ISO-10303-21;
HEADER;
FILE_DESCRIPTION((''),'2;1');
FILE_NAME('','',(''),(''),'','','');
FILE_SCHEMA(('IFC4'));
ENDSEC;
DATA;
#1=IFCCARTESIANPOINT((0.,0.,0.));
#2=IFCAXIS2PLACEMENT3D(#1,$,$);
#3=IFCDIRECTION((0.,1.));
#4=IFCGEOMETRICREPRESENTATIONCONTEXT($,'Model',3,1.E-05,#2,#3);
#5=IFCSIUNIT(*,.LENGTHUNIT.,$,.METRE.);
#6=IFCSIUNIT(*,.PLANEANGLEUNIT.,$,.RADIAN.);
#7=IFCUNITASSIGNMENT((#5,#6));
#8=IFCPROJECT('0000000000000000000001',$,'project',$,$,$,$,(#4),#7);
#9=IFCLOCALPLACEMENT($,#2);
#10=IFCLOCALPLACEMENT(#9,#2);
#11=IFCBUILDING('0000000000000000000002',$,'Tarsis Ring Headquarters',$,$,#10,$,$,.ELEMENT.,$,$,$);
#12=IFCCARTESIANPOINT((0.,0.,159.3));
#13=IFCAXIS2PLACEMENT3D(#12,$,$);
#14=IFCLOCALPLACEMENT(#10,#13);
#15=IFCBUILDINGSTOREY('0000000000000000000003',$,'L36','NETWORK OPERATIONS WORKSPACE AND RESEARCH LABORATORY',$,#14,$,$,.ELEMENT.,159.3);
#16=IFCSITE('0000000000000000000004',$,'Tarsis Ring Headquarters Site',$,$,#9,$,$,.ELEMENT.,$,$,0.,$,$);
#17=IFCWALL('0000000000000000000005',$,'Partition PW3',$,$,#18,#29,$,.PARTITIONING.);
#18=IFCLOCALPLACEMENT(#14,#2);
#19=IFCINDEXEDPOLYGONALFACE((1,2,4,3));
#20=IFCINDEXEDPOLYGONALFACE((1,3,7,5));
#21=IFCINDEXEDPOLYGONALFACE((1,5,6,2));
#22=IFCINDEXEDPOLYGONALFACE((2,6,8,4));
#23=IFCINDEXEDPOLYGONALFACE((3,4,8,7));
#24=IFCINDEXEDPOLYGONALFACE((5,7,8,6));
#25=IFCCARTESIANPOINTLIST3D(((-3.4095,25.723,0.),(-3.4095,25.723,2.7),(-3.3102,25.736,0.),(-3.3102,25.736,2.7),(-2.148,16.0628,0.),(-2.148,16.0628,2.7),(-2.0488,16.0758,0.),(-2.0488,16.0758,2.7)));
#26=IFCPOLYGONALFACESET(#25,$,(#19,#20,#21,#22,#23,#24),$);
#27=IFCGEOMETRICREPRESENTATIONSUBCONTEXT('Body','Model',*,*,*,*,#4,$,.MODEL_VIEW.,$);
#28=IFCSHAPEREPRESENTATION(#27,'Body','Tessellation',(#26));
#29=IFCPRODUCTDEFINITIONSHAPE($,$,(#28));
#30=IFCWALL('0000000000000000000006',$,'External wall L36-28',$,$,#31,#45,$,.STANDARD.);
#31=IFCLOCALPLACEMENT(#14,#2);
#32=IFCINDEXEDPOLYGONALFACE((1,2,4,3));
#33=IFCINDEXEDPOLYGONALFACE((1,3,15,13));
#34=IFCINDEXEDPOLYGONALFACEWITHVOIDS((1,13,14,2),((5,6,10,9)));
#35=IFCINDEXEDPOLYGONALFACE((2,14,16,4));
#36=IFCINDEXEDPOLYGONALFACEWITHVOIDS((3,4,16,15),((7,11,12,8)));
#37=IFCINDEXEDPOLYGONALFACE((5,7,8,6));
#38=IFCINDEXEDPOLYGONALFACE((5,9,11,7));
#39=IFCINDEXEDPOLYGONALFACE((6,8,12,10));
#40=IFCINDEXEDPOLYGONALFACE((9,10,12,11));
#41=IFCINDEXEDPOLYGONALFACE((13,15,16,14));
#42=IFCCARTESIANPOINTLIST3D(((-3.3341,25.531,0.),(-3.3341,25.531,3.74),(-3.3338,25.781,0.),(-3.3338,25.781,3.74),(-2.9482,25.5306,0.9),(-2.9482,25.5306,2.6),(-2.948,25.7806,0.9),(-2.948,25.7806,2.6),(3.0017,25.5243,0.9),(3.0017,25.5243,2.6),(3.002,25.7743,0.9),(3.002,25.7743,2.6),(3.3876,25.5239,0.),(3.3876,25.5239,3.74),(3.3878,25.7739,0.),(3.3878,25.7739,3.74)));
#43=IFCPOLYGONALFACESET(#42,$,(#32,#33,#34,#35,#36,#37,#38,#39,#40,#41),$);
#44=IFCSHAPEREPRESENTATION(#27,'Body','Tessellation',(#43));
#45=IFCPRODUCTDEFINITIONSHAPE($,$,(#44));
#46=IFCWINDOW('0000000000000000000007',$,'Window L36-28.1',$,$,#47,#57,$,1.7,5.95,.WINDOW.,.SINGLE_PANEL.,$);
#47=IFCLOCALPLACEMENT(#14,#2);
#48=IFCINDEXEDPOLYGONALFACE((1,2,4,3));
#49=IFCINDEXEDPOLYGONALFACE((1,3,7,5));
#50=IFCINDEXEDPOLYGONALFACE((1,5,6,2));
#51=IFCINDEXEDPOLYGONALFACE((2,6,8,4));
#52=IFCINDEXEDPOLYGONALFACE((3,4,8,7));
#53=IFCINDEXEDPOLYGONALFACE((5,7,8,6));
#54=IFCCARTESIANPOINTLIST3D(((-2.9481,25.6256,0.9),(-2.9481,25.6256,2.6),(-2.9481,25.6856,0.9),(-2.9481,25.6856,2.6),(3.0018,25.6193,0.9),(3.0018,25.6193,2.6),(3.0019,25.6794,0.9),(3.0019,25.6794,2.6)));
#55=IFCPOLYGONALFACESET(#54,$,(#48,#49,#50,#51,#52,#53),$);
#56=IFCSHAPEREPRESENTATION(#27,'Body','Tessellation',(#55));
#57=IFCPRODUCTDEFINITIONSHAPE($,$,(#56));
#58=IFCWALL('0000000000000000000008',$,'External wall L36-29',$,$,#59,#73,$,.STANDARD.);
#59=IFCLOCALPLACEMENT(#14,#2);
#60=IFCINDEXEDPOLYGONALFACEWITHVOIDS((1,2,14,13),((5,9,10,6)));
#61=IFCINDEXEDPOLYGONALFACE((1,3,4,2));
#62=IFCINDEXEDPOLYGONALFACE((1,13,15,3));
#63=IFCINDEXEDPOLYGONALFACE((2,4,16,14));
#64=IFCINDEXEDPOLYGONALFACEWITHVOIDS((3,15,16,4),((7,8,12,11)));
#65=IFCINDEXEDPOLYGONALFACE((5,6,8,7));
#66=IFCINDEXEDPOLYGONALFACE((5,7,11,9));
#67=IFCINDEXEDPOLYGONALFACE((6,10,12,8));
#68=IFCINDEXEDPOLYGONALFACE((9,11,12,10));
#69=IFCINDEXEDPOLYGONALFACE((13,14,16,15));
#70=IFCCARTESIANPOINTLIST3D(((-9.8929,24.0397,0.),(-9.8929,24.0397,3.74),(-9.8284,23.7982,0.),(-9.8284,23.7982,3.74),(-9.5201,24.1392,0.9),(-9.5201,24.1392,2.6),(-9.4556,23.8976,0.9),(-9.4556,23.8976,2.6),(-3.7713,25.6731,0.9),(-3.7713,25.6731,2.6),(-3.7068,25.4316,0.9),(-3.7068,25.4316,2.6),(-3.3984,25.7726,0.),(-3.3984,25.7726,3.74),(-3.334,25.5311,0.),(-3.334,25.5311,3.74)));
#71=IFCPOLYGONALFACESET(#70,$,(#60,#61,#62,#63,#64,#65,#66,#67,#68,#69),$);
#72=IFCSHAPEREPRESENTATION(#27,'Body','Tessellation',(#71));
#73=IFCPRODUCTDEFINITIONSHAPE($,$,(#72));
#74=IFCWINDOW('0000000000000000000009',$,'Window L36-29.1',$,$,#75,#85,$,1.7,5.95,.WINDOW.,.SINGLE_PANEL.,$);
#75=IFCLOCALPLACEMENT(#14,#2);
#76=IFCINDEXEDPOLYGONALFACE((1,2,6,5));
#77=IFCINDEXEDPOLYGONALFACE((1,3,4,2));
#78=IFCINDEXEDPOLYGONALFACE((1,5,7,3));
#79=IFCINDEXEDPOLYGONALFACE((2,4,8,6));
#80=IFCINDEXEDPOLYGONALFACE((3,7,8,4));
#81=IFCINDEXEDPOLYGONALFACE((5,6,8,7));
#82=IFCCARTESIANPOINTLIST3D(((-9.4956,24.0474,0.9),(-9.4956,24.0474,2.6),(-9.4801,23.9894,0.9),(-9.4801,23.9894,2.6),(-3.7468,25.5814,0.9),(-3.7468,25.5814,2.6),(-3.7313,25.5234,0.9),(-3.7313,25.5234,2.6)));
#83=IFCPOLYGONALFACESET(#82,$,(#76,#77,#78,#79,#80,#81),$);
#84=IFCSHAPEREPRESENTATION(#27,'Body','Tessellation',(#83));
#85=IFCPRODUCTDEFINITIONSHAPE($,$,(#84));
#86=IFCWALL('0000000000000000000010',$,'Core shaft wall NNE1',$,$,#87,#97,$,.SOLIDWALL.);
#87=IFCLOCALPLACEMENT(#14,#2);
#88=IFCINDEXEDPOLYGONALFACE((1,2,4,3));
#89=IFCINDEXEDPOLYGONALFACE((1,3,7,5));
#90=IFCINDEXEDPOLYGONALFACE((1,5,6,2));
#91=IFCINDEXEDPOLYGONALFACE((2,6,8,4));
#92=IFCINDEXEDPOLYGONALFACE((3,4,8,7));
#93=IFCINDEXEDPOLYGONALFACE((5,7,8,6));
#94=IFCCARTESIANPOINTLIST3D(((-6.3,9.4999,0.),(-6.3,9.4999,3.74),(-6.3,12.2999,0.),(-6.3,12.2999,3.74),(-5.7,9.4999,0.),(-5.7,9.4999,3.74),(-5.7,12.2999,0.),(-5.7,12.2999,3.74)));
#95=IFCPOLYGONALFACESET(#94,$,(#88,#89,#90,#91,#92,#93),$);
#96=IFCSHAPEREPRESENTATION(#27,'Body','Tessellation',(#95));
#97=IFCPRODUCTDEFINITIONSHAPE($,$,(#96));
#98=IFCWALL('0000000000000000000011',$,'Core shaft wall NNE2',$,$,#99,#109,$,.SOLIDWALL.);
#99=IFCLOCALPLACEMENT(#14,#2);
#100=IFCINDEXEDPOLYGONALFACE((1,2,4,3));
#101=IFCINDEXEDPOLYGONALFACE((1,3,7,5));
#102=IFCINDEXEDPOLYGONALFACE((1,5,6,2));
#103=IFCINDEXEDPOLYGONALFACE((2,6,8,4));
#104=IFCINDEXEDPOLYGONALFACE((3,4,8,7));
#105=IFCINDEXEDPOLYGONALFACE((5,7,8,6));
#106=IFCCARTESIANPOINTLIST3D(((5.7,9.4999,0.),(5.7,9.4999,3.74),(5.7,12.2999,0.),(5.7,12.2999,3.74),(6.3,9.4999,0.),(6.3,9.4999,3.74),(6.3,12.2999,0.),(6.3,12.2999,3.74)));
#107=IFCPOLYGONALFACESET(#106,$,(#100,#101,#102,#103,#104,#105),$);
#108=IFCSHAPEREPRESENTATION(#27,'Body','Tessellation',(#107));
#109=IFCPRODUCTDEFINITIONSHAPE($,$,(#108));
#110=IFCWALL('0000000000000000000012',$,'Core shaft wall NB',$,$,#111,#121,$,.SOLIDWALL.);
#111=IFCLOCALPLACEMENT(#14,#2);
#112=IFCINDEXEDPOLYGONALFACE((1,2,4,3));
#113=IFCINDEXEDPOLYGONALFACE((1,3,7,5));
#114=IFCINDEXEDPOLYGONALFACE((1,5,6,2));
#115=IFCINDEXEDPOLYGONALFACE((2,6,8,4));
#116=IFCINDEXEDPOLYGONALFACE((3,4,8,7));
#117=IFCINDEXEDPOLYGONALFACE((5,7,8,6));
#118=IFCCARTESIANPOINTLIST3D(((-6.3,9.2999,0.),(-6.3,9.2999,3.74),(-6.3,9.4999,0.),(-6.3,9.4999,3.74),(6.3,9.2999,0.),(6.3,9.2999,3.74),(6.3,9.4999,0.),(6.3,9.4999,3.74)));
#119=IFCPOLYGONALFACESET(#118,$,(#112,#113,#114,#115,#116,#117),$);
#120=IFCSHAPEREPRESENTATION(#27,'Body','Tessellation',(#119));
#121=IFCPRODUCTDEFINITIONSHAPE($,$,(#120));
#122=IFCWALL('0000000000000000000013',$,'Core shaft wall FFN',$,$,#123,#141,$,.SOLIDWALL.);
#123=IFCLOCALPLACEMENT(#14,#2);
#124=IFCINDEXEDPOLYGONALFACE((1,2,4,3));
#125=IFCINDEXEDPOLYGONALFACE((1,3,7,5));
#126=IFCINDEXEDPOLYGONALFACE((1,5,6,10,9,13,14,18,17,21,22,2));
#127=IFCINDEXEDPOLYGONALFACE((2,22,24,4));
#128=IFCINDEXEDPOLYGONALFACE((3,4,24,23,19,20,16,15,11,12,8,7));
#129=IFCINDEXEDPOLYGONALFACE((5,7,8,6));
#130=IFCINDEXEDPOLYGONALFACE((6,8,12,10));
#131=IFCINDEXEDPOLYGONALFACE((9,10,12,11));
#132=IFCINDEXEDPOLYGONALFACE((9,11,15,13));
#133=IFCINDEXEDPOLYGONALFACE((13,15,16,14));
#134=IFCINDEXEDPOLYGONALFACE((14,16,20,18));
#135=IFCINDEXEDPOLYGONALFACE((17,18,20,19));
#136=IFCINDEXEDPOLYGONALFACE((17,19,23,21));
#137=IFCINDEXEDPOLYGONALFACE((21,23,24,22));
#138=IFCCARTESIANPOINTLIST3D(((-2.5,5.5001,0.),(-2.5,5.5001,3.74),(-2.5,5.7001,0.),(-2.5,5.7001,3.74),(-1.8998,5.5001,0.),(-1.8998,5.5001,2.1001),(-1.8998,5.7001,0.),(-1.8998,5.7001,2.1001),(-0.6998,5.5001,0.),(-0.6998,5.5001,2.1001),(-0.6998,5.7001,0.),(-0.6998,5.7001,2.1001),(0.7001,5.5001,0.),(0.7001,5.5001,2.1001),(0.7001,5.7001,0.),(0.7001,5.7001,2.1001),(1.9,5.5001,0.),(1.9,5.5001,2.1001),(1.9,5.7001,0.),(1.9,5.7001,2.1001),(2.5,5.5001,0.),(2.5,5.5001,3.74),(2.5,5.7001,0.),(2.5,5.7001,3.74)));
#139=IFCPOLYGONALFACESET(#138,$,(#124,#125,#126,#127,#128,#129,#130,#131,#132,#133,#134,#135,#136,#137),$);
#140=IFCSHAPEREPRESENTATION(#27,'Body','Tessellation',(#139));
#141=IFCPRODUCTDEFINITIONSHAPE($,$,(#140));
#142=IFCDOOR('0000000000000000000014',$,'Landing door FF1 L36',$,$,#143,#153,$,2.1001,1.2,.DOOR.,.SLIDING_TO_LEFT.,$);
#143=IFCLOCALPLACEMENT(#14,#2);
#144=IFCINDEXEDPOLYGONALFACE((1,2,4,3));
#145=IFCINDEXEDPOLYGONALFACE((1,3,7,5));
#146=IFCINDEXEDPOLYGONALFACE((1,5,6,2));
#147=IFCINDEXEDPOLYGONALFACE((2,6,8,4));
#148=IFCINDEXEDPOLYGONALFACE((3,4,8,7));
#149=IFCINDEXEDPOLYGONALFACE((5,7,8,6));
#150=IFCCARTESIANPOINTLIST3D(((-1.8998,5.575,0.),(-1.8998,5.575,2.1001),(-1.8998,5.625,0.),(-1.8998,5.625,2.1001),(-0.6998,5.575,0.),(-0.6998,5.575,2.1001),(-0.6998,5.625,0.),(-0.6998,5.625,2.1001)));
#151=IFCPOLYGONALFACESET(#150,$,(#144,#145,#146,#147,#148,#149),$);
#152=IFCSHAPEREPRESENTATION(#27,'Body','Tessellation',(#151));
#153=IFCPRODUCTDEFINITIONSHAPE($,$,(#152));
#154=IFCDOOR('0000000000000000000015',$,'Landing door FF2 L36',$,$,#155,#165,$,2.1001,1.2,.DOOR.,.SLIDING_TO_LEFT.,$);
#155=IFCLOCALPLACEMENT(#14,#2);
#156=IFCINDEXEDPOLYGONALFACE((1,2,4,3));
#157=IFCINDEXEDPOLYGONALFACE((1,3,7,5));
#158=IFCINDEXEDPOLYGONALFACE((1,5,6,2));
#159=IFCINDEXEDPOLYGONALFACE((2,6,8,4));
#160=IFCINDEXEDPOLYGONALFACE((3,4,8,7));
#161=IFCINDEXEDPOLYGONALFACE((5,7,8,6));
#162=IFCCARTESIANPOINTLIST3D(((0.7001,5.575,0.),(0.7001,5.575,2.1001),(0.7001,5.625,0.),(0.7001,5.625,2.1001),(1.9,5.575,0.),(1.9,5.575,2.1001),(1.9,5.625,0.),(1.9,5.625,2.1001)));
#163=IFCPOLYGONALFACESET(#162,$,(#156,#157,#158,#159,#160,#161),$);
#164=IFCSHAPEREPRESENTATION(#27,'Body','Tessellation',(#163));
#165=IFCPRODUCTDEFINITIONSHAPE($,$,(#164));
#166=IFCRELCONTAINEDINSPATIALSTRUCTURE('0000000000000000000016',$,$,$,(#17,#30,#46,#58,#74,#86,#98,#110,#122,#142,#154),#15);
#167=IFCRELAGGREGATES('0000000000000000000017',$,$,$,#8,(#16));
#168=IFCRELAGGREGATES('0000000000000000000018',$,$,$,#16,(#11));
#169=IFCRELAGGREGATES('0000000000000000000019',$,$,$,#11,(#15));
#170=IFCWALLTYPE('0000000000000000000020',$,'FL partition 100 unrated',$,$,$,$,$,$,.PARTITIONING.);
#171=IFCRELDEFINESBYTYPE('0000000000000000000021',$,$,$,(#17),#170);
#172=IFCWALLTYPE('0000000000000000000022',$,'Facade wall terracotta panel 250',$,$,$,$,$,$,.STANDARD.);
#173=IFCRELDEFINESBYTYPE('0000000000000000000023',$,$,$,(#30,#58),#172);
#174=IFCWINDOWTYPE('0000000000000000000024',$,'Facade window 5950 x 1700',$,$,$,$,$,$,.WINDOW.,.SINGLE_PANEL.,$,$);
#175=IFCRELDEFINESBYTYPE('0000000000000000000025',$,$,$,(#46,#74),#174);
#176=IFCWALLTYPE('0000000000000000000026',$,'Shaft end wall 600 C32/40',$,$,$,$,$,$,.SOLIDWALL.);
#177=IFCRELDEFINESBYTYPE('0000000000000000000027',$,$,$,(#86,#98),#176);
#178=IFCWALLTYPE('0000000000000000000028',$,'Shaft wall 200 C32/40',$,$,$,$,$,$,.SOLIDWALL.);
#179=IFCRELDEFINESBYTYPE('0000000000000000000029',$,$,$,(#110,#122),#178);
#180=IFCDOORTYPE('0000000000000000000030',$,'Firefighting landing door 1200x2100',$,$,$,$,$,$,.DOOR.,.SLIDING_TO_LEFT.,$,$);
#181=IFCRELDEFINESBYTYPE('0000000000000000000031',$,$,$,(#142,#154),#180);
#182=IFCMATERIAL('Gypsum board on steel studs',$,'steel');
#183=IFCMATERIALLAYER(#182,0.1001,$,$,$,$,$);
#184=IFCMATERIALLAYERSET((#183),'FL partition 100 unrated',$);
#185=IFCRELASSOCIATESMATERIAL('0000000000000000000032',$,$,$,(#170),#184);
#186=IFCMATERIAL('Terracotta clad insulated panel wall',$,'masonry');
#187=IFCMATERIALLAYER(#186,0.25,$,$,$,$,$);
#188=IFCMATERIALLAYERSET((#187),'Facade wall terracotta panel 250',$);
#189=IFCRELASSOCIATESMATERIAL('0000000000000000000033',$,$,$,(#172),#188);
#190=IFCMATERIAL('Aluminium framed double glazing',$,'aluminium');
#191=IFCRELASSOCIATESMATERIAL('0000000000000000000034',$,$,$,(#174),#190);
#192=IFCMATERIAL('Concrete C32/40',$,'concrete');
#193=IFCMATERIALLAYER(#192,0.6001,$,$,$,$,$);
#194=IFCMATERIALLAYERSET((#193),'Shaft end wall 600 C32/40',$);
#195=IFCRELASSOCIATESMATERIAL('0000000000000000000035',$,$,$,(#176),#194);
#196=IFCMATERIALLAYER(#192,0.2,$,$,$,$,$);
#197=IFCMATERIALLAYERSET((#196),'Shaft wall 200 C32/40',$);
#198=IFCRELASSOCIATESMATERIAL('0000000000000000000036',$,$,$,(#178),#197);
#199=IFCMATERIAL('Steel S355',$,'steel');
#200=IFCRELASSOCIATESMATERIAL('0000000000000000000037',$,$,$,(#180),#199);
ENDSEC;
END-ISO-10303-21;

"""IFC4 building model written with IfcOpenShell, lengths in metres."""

from ifc_helpers import new_model, si_unit, direction, frame, frame_2d, origin, place, context, subcontext, project, spatial, rectangle, extrude, material, layer, layer_set, type_object, element, fill, save


model = new_model("IFC4")

# Units and contexts
model_context = context("Model", 3, precision=1e-05, world=origin(), true_north=direction((0.0, 1.0)))
body_context = subcontext(model_context, "Body", "Model", "MODEL_VIEW")
ifc_project = project(units=[si_unit("LENGTHUNIT", "METRE"), si_unit("PLANEANGLEUNIT", "RADIAN")], contexts=[model_context])

# Site, building, storey
site_placement = place(None, origin())
site = spatial("IfcSite", under=ifc_project, at=site_placement, Name="Tarsis Ring Headquarters Site", CompositionType="ELEMENT", RefElevation=0.0)
building_placement = place(site_placement, origin())
building = spatial("IfcBuilding", under=site, at=building_placement, Name="Tarsis Ring Headquarters", CompositionType="ELEMENT")
storey_placement = place(building_placement, frame((0.0, 0.0, 159.3)))
storey = spatial("IfcBuildingStorey", under=building, at=storey_placement, Name="L36", Description="NETWORK OPERATIONS WORKSPACE AND RESEARCH LABORATORY", CompositionType="ELEMENT", Elevation=159.3)

# Wall
ifc_material_1 = material(Name="Gypsum board on steel studs", Category="steel")
ifc_layer_1 = layer(ifc_material_1, 0.1001)
ifc_layer_set_1 = layer_set([ifc_layer_1], Name="FL partition 100 unrated")
wall_type_1 = type_object("IfcWallType", Name="FL partition 100 unrated", PredefinedType="PARTITIONING", material=ifc_layer_set_1)
wall_1_placement = place(storey_placement, frame((-3.3599, 25.7295, 0.0), z_axis=(0.0, 0.0, 1.0), x_axis=(0.129486, -0.991581, 0.0)))
element("IfcWall", 1, at=wall_1_placement, inside=storey, type_object=wall_type_1, Name="Partition PW3", PredefinedType="PARTITIONING", context=body_context, shape_type="SweptSolid", body=[
    extrude(rectangle(XDim=9.7422, YDim=0.1001, at=frame_2d((4.8711, 0.0))), origin(), (0.0, 0.0, 1.0), 2.7),
])

# Walls, openings, windows
ifc_material_2 = material(Name="Terracotta clad insulated panel wall", Category="masonry")
ifc_layer_2 = layer(ifc_material_2, 0.25)
ifc_layer_set_2 = layer_set([ifc_layer_2], Name="Facade wall terracotta panel 250")
wall_type_2 = type_object("IfcWallType", Name="Facade wall terracotta panel 250", PredefinedType="STANDARD", material=ifc_layer_set_2)
wall_2_placement = place(storey_placement, frame((3.3877, 25.6489, 0.0), z_axis=(0.0, 0.0, 1.0), x_axis=(-0.999999, 0.001053, 0.0)))
wall_2 = element("IfcWall", 2, at=wall_2_placement, inside=storey, type_object=wall_type_2, Name="External wall L36-28", PredefinedType="STANDARD", context=body_context, shape_type="SweptSolid", body=[
    extrude(rectangle(XDim=6.7217, YDim=0.25, at=frame_2d((3.3608, 0.0))), origin(), (0.0, 0.0, 1.0), 3.74),
])
opening_1_placement = place(wall_2_placement, frame((0.3857, 0.0, 0.8999)))
opening_1 = element("IfcOpeningElement", 3, at=opening_1_placement, cuts=wall_2, PredefinedType="OPENING", context=body_context, shape_type="SweptSolid", body=[
    extrude(rectangle(XDim=5.95, YDim=1.7, at=frame_2d((2.9751, 0.8501))), frame((0.0, 0.135, 0.0), z_axis=(0.0, -1.0, 0.0), x_axis=(1.0, 0.0, 0.0)), (0.0, 0.0, 1.0), 0.27),
])
ifc_material_3 = material(Name="Aluminium framed double glazing", Category="aluminium")
window_type = type_object("IfcWindowType", Name="Facade window 5950 x 1700", PartitioningType="SINGLE_PANEL", PredefinedType="WINDOW", material=ifc_material_3)
window_1_placement = place(opening_1_placement, origin())
window_1 = element("IfcWindow", 4, at=window_1_placement, inside=storey, type_object=window_type, Name="Window L36-28.1", OverallHeight=1.7, OverallWidth=5.95, PartitioningType="SINGLE_PANEL", PredefinedType="WINDOW", context=body_context, shape_type="SweptSolid", body=[
    extrude(rectangle(XDim=5.95, YDim=1.7, at=frame_2d((2.9751, 0.8501))), frame((0.0, 0.03, 0.0), z_axis=(0.0, -1.0, 0.0), x_axis=(1.0, 0.0, 0.0)), (0.0, 0.0, 1.0), 0.0601),
])
fill(opening_1, window_1)
wall_3_placement = place(storey_placement, frame((-3.3662, 25.6519, 0.0), z_axis=(0.0, 0.0, 1.0), x_axis=(-0.966195, -0.257812, 0.0)))
wall_3 = element("IfcWall", 5, at=wall_3_placement, inside=storey, type_object=wall_type_2, Name="External wall L36-29", PredefinedType="STANDARD", context=body_context, shape_type="SweptSolid", body=[
    extrude(rectangle(XDim=6.7217, YDim=0.25, at=frame_2d((3.3608, 0.0))), origin(), (0.0, 0.0, 1.0), 3.74),
])
opening_2_placement = place(wall_3_placement, frame((0.3857, 0.0, 0.8999)))
opening_2 = element("IfcOpeningElement", 6, at=opening_2_placement, cuts=wall_3, PredefinedType="OPENING", context=body_context, shape_type="SweptSolid", body=[
    extrude(rectangle(XDim=5.95, YDim=1.7, at=frame_2d((2.9751, 0.8501))), frame((0.0, 0.135, 0.0), z_axis=(0.0, -1.0, 0.0), x_axis=(1.0, 0.0, 0.0)), (0.0, 0.0, 1.0), 0.27),
])
window_2_placement = place(opening_2_placement, origin())
window_2 = element("IfcWindow", 7, at=window_2_placement, inside=storey, type_object=window_type, Name="Window L36-29.1", OverallHeight=1.7, OverallWidth=5.95, PartitioningType="SINGLE_PANEL", PredefinedType="WINDOW", context=body_context, shape_type="SweptSolid", body=[
    extrude(rectangle(XDim=5.95, YDim=1.7, at=frame_2d((2.9751, 0.8501))), frame((0.0, 0.03, 0.0), z_axis=(0.0, -1.0, 0.0), x_axis=(1.0, 0.0, 0.0)), (0.0, 0.0, 1.0), 0.0601),
])
fill(opening_2, window_2)

# Walls
ifc_material_4 = material(Name="Concrete C32/40", Category="concrete")
ifc_layer_3 = layer(ifc_material_4, 0.6001)
ifc_layer_set_3 = layer_set([ifc_layer_3], Name="Shaft end wall 600 C32/40")
wall_type_3 = type_object("IfcWallType", Name="Shaft end wall 600 C32/40", PredefinedType="SOLIDWALL", material=ifc_layer_set_3)
for number, where, z_axis, x_axis, name in (
    (8, (-6.0, 9.5, 0.0), (0.0, 0.0, 1.0), (0.0, 1.0, 0.0), "Core shaft wall NNE1"),
    (9, (6.0, 9.5, 0.0), (0.0, 0.0, 1.0), (0.0, 1.0, 0.0), "Core shaft wall NNE2"),
):
    element("IfcWall", number, at=place(storey_placement, frame(where, z_axis=z_axis, x_axis=x_axis)), inside=storey, type_object=wall_type_3, Name=name, PredefinedType="SOLIDWALL", context=body_context, shape_type="SweptSolid", body=[
        extrude(rectangle(XDim=2.8, YDim=0.6001, at=frame_2d((1.3999, 0.0))), origin(), (0.0, 0.0, 1.0), 3.74),
    ])
ifc_layer_4 = layer(ifc_material_4, 0.2)
ifc_layer_set_4 = layer_set([ifc_layer_4], Name="Shaft wall 200 C32/40")
wall_type_4 = type_object("IfcWallType", Name="Shaft wall 200 C32/40", PredefinedType="SOLIDWALL", material=ifc_layer_set_4)
wall_4_placement = place(storey_placement, frame((-6.3, 9.3999, 0.0), z_axis=(0.0, 0.0, 1.0), x_axis=(1.0, 0.0, 0.0)))
element("IfcWall", 10, at=wall_4_placement, inside=storey, type_object=wall_type_4, Name="Core shaft wall NB", PredefinedType="SOLIDWALL", context=body_context, shape_type="SweptSolid", body=[
    extrude(rectangle(XDim=12.6001, YDim=0.2, at=frame_2d((6.3, 0.0))), origin(), (0.0, 0.0, 1.0), 3.74),
])

# Wall, openings, doors
wall_5_placement = place(storey_placement, frame((-2.5, 5.6001, 0.0), z_axis=(0.0, 0.0, 1.0), x_axis=(1.0, 0.0, 0.0)))
wall_5 = element("IfcWall", 11, at=wall_5_placement, inside=storey, type_object=wall_type_4, Name="Core shaft wall FFN", PredefinedType="SOLIDWALL", context=body_context, shape_type="SweptSolid", body=[
    extrude(rectangle(XDim=5.0, YDim=0.2, at=frame_2d((2.5, 0.0))), origin(), (0.0, 0.0, 1.0), 3.74),
])
opening_3_placement = place(wall_5_placement, frame((0.6001, 0.0, 0.0)))
opening_3 = element("IfcOpeningElement", 12, at=opening_3_placement, cuts=wall_5, PredefinedType="OPENING", context=body_context, shape_type="SweptSolid", body=[
    extrude(rectangle(XDim=1.2, YDim=2.1001, at=frame_2d((0.6001, 1.05))), frame((0.0, 0.1099, 0.0), z_axis=(0.0, -1.0, 0.0), x_axis=(1.0, 0.0, 0.0)), (0.0, 0.0, 1.0), 0.22),
])
opening_4_placement = place(wall_5_placement, frame((3.2, 0.0, 0.0)))
opening_4 = element("IfcOpeningElement", 13, at=opening_4_placement, cuts=wall_5, PredefinedType="OPENING", context=body_context, shape_type="SweptSolid", body=[
    extrude(rectangle(XDim=1.2, YDim=2.1001, at=frame_2d((0.6001, 1.05))), frame((0.0, 0.1099, 0.0), z_axis=(0.0, -1.0, 0.0), x_axis=(1.0, 0.0, 0.0)), (0.0, 0.0, 1.0), 0.22),
])
ifc_material_5 = material(Name="Steel S355", Category="steel")
door_type = type_object("IfcDoorType", Name="Firefighting landing door 1200x2100", OperationType="SLIDING_TO_LEFT", PredefinedType="DOOR", material=ifc_material_5)
door_1_placement = place(opening_3_placement, origin())
door_1 = element("IfcDoor", 14, at=door_1_placement, inside=storey, type_object=door_type, Name="Landing door FF1 L36", OperationType="SLIDING_TO_LEFT", OverallHeight=2.1001, OverallWidth=1.2, PredefinedType="DOOR", context=body_context, shape_type="SweptSolid", body=[
    extrude(rectangle(XDim=1.2, YDim=2.1001, at=frame_2d((0.6001, 1.05))), frame((0.0, 0.0249, 0.0), z_axis=(0.0, -1.0, 0.0), x_axis=(1.0, 0.0, 0.0)), (0.0, 0.0, 1.0), 0.05),
])
fill(opening_3, door_1)
door_2_placement = place(opening_4_placement, origin())
door_2 = element("IfcDoor", 15, at=door_2_placement, inside=storey, type_object=door_type, Name="Landing door FF2 L36", OperationType="SLIDING_TO_LEFT", OverallHeight=2.1001, OverallWidth=1.2, PredefinedType="DOOR", context=body_context, shape_type="SweptSolid", body=[
    extrude(rectangle(XDim=1.2, YDim=2.1001, at=frame_2d((0.6001, 1.05))), frame((0.0, 0.0249, 0.0), z_axis=(0.0, -1.0, 0.0), x_axis=(1.0, 0.0, 0.0)), (0.0, 0.0, 1.0), 0.05),
])
fill(opening_4, door_2)

save(model, "model.ifc")
